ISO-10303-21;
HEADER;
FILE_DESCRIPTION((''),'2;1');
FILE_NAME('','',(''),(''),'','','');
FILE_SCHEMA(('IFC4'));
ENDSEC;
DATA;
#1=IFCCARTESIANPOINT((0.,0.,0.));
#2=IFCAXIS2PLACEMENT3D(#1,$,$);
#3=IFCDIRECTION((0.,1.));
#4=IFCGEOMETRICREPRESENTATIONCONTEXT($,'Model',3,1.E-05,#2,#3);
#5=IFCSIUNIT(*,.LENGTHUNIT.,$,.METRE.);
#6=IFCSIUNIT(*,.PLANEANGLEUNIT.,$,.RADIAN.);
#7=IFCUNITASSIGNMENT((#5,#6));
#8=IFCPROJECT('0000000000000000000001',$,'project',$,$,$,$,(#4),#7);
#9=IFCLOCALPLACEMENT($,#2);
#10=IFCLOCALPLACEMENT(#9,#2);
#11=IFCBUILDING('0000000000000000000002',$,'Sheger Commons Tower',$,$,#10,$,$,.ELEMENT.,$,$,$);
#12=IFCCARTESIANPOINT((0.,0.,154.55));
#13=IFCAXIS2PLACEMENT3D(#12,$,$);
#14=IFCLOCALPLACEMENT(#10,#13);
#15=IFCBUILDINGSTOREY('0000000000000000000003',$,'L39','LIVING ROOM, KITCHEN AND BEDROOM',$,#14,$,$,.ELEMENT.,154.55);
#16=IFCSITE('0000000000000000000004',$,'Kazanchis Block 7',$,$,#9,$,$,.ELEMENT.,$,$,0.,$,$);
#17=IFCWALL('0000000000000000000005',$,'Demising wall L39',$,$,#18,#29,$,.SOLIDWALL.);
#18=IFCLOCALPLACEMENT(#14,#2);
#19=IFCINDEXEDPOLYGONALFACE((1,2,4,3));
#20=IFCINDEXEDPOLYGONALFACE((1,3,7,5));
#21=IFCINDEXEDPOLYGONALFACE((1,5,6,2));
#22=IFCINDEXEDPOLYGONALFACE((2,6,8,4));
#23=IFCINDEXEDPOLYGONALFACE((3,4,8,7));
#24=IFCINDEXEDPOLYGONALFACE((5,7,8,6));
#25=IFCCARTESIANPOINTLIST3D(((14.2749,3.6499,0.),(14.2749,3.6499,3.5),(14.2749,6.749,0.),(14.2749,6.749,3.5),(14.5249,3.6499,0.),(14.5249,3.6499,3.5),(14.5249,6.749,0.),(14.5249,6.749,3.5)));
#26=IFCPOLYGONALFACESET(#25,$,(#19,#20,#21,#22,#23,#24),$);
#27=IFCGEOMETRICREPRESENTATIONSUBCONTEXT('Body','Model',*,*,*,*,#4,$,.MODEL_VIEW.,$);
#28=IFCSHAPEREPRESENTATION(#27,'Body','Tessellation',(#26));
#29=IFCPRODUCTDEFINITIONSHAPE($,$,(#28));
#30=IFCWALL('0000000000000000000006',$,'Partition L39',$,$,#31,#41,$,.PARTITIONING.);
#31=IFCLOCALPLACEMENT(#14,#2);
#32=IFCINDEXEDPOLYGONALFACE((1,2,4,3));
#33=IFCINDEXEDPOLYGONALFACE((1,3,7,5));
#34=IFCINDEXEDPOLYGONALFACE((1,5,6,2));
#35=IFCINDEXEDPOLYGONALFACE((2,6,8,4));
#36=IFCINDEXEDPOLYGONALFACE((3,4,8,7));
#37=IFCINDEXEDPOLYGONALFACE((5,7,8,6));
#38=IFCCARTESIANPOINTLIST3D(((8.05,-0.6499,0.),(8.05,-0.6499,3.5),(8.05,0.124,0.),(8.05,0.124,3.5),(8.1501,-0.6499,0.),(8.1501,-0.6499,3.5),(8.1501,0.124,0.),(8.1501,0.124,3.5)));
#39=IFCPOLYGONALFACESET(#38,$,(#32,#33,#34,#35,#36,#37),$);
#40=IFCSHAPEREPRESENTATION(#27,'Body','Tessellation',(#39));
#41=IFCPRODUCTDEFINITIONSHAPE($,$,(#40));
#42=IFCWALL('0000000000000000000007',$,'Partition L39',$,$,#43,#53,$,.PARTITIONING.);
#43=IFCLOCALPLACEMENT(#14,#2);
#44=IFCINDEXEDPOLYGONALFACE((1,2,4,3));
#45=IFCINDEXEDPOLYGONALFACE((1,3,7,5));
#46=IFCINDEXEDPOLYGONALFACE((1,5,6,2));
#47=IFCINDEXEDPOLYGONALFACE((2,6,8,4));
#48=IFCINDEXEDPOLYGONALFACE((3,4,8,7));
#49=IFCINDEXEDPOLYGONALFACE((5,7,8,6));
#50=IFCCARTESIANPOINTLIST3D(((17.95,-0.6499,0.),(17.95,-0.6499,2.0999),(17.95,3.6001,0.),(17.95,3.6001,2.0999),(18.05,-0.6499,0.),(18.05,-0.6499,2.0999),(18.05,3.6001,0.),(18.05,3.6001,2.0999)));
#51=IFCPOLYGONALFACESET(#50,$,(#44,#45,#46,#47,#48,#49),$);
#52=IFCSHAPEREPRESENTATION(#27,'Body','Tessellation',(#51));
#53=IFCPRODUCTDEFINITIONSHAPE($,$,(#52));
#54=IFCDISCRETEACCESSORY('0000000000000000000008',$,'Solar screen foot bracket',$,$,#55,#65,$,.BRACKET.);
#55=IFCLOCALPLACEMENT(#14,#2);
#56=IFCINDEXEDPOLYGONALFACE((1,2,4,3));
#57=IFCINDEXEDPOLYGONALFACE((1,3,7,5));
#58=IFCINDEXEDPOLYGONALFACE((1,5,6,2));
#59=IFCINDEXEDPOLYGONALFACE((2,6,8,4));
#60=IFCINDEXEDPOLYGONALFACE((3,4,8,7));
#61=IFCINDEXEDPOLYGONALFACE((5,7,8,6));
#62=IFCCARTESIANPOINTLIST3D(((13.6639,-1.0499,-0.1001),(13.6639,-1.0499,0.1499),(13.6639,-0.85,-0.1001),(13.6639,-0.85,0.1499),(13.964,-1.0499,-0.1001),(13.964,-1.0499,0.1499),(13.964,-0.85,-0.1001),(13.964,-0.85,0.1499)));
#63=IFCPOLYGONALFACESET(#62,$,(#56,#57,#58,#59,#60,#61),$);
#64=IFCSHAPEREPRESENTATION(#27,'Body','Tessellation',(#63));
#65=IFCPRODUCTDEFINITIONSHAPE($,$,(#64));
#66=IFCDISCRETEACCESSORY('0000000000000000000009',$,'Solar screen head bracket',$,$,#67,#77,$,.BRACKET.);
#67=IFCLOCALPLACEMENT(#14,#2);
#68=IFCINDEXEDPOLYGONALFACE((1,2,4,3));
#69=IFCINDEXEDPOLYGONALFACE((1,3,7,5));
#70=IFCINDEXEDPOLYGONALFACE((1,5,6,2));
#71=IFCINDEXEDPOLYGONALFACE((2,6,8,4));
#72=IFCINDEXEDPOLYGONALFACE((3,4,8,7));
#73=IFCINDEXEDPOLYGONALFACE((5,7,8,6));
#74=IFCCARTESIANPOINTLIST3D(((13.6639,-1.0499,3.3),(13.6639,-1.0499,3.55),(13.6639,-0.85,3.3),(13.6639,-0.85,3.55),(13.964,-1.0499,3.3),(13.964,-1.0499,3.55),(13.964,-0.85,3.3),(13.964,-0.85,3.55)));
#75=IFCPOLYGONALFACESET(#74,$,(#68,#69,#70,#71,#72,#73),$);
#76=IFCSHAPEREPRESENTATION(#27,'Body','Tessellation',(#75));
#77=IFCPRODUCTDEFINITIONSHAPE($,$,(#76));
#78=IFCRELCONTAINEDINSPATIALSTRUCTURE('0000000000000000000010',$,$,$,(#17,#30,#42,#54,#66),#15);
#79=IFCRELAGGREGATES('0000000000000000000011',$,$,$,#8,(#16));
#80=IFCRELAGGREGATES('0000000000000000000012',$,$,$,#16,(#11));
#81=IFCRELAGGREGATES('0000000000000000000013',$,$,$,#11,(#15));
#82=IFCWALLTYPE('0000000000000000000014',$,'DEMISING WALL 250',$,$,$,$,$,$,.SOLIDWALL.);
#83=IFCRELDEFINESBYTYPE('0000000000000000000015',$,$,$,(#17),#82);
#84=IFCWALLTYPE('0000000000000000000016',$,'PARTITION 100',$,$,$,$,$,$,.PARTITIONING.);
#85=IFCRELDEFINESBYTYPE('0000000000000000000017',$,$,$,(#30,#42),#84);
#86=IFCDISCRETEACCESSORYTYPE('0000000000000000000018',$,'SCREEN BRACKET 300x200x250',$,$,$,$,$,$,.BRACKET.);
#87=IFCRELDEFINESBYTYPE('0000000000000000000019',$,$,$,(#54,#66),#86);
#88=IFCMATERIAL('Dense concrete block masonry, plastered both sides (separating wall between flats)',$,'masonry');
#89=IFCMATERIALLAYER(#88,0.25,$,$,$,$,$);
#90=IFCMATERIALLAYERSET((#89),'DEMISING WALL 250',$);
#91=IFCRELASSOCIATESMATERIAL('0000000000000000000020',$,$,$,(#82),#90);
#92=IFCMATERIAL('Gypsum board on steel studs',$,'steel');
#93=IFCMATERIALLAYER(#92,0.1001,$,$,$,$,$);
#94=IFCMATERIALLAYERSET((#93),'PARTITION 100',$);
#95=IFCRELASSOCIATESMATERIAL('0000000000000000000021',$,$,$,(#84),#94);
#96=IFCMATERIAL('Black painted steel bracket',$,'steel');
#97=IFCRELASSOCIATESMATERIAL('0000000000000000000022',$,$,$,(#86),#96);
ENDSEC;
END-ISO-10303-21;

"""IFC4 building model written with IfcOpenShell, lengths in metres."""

from ifc_helpers import new_model, si_unit, direction, frame, frame_2d, origin, origin_2d, place, context, subcontext, project, spatial, rectangle, extrude, material, layer, layer_set, type_object, element, save


model = new_model("IFC4")

# Units and contexts
model_context = context("Model", 3, precision=1e-05, world=origin(), true_north=direction((0.0, 1.0)))
body_context = subcontext(model_context, "Body", "Model", "MODEL_VIEW")
ifc_project = project(units=[si_unit("LENGTHUNIT", "METRE"), si_unit("PLANEANGLEUNIT", "RADIAN")], contexts=[model_context])

# Site, building, storey
site_placement = place(None, origin())
site = spatial("IfcSite", under=ifc_project, at=site_placement, Name="Kazanchis Block 7", CompositionType="ELEMENT", RefElevation=0.0)
building_placement = place(site_placement, origin())
building = spatial("IfcBuilding", under=site, at=building_placement, Name="Sheger Commons Tower", CompositionType="ELEMENT")
storey_placement = place(building_placement, frame((0.0, 0.0, 154.55)))
storey = spatial("IfcBuildingStorey", under=building, at=storey_placement, Name="L39", Description="LIVING ROOM, KITCHEN AND BEDROOM", CompositionType="ELEMENT", Elevation=154.55)

# Walls
ifc_material_1 = material(Name="Dense concrete block masonry, plastered both sides (separating wall between flats)", Category="masonry")
ifc_layer_1 = layer(ifc_material_1, 0.25)
ifc_layer_set_1 = layer_set([ifc_layer_1], Name="DEMISING WALL 250")
wall_type_1 = type_object("IfcWallType", Name="DEMISING WALL 250", PredefinedType="SOLIDWALL", material=ifc_layer_set_1)
wall_1_placement = place(storey_placement, frame((14.3999, 3.6499, 0.0), z_axis=(0.0, 0.0, 1.0), x_axis=(0.0, 1.0, 0.0)))
element("IfcWall", 1, at=wall_1_placement, inside=storey, type_object=wall_type_1, Name="Demising wall L39", PredefinedType="SOLIDWALL", context=body_context, shape_type="SweptSolid", body=[
    extrude(rectangle(XDim=3.0991, YDim=0.25, at=frame_2d((1.5496, 0.0))), origin(), (0.0, 0.0, 1.0), 3.5),
])
ifc_material_2 = material(Name="Gypsum board on steel studs", Category="steel")
ifc_layer_2 = layer(ifc_material_2, 0.1001)
ifc_layer_set_2 = layer_set([ifc_layer_2], Name="PARTITION 100")
wall_type_2 = type_object("IfcWallType", Name="PARTITION 100", PredefinedType="PARTITIONING", material=ifc_layer_set_2)
wall_2_placement = place(storey_placement, frame((8.1001, 0.124, 0.0), z_axis=(0.0, 0.0, 1.0), x_axis=(0.0, -1.0, 0.0)))
element("IfcWall", 2, at=wall_2_placement, inside=storey, type_object=wall_type_2, Name="Partition L39", PredefinedType="PARTITIONING", context=body_context, shape_type="SweptSolid", body=[
    extrude(rectangle(XDim=0.7739, YDim=0.1001, at=frame_2d((0.387, 0.0))), origin(), (0.0, 0.0, 1.0), 3.5),
])
wall_3_placement = place(storey_placement, frame((18.0, -0.6499, 0.0), z_axis=(0.0, 0.0, 1.0), x_axis=(0.0, 1.0, 0.0)))
element("IfcWall", 3, at=wall_3_placement, inside=storey, type_object=wall_type_2, Name="Partition L39", PredefinedType="PARTITIONING", context=body_context, shape_type="SweptSolid", body=[
    extrude(rectangle(XDim=4.25, YDim=0.1001, at=frame_2d((2.125, 0.0))), origin(), (0.0, 0.0, 1.0), 2.0999),
])

# Discrete accessories
ifc_material_3 = material(Name="Black painted steel bracket", Category="steel")
discrete_accessory_type = type_object("IfcDiscreteAccessoryType", Name="SCREEN BRACKET 300x200x250", PredefinedType="BRACKET", material=ifc_material_3)
for number, where, z_axis, x_axis, name in (
    (4, (13.814, -0.95, -0.1001), (0.0, 0.0, 1.0), (1.0, 0.0, 0.0), "Solar screen foot bracket"),
    (5, (13.814, -0.95, 3.3), (0.0, 0.0, 1.0), (1.0, 0.0, 0.0), "Solar screen head bracket"),
):
    element("IfcDiscreteAccessory", number, at=place(storey_placement, frame(where, z_axis=z_axis, x_axis=x_axis)), inside=storey, type_object=discrete_accessory_type, Name=name, PredefinedType="BRACKET", context=body_context, shape_type="SweptSolid", body=[
        extrude(rectangle(XDim=0.3, YDim=0.2, at=origin_2d()), origin(), (0.0, 0.0, 1.0), 0.25),
    ])

save(model, "model.ifc")
